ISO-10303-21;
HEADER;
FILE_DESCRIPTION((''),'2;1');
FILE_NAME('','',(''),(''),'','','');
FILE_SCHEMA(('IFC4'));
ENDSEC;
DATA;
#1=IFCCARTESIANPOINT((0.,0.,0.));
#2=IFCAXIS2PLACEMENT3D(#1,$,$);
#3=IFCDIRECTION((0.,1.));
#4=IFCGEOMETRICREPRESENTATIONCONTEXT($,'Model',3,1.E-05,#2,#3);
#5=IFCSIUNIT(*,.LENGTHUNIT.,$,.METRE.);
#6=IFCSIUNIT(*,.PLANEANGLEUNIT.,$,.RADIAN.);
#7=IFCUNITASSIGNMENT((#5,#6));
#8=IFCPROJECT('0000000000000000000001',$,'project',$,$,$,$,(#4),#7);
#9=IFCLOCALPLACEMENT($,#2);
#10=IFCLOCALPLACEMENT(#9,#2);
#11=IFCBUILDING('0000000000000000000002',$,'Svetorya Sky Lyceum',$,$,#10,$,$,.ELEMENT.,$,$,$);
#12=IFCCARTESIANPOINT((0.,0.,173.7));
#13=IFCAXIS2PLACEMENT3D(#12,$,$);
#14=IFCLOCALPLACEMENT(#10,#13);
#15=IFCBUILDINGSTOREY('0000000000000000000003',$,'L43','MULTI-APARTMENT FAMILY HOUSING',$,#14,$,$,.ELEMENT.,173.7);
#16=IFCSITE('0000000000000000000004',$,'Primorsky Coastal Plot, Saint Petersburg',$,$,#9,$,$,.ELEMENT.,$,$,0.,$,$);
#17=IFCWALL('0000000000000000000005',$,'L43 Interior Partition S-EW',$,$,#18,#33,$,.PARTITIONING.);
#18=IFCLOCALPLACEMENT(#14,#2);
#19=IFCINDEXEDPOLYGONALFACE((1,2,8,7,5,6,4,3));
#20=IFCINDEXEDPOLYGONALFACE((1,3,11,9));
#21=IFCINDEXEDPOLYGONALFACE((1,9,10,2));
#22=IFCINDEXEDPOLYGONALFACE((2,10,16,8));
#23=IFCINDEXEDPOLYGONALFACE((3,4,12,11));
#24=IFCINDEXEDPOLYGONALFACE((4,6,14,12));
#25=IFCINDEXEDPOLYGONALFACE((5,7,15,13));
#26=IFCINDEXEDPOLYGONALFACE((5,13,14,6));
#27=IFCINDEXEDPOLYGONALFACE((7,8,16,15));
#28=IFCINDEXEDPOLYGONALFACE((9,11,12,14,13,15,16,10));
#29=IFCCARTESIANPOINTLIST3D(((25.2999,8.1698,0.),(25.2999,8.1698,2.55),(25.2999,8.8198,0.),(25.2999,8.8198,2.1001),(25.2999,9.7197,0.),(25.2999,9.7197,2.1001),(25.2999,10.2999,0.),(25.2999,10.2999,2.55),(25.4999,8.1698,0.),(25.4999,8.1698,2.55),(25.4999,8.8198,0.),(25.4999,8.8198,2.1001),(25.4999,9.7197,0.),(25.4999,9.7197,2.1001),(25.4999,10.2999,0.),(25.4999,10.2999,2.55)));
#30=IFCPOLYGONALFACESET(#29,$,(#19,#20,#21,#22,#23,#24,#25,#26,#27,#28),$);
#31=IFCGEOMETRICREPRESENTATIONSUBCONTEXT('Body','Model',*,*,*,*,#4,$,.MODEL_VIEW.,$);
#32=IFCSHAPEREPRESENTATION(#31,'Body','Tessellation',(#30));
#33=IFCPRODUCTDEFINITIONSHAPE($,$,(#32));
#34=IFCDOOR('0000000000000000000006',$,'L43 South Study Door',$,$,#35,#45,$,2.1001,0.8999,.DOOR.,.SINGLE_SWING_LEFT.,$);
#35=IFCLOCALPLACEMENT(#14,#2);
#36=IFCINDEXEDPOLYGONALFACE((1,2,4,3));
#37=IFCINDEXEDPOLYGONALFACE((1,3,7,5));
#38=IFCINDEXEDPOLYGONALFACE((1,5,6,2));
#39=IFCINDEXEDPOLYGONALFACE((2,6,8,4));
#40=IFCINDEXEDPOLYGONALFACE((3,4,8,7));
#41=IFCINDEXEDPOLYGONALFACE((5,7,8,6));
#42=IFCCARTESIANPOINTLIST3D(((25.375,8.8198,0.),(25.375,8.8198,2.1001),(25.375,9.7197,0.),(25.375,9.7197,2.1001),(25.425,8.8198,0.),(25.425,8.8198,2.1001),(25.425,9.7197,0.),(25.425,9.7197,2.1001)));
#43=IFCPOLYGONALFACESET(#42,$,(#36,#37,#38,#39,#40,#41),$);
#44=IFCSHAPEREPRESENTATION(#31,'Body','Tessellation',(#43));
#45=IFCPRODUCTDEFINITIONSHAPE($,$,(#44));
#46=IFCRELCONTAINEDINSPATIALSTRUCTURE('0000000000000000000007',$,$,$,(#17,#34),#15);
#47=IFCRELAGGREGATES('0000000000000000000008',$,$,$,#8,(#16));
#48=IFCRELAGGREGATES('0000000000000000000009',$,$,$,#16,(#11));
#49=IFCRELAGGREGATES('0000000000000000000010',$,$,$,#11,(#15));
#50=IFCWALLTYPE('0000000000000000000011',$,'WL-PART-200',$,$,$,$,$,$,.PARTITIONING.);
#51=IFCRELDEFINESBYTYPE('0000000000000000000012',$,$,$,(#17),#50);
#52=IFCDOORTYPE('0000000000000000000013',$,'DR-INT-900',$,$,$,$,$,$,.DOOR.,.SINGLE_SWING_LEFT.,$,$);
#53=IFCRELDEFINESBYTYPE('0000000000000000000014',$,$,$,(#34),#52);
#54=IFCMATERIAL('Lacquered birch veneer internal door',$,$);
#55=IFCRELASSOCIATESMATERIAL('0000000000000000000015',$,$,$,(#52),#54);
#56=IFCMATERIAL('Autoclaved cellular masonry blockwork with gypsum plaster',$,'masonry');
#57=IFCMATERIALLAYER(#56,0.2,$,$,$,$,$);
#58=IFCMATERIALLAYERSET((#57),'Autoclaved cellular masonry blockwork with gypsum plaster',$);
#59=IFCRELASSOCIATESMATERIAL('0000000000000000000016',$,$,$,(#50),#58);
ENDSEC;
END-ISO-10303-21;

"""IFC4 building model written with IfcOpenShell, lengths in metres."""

from ifc_helpers import new_model, si_unit, direction, frame, frame_2d, origin, place, context, subcontext, project, spatial, rectangle, extrude, material, layer, layer_set, type_object, element, fill, save


model = new_model("IFC4")

# Units and contexts
model_context = context("Model", 3, precision=1e-05, world=origin(), true_north=direction((0.0, 1.0)))
body_context = subcontext(model_context, "Body", "Model", "MODEL_VIEW")
ifc_project = project(units=[si_unit("LENGTHUNIT", "METRE"), si_unit("PLANEANGLEUNIT", "RADIAN")], contexts=[model_context])

# Site, building, storey
site_placement = place(None, origin())
site = spatial("IfcSite", under=ifc_project, at=site_placement, Name="Primorsky Coastal Plot, Saint Petersburg", CompositionType="ELEMENT", RefElevation=0.0)
building_placement = place(site_placement, origin())
building = spatial("IfcBuilding", under=site, at=building_placement, Name="Svetorya Sky Lyceum", CompositionType="ELEMENT")
storey_placement = place(building_placement, frame((0.0, 0.0, 173.7)))
storey = spatial("IfcBuildingStorey", under=building, at=storey_placement, Name="L43", Description="MULTI-APARTMENT FAMILY HOUSING", CompositionType="ELEMENT", Elevation=173.7)

# Shared definitions
ifc_material_1 = material(Name="Lacquered birch veneer internal door")
door_type_1 = type_object("IfcDoorType", Name="DR-INT-900", OperationType="SINGLE_SWING_LEFT", PredefinedType="DOOR", material=ifc_material_1)

# Shared definitions
ifc_material_2 = material(Name="Autoclaved cellular masonry blockwork with gypsum plaster", Category="masonry")
ifc_layer_1 = layer(ifc_material_2, 0.2)
ifc_layer_set_1 = layer_set([ifc_layer_1], Name="Autoclaved cellular masonry blockwork with gypsum plaster")
wall_type_1 = type_object("IfcWallType", Name="WL-PART-200", PredefinedType="PARTITIONING", material=ifc_layer_set_1)

# Wall, opening, door
wall_1_placement = place(storey_placement, frame((25.3999, 8.1699, 0.0), z_axis=(0.0, 0.0, 1.0), x_axis=(0.0, 1.0, 0.0)))
wall_1 = element("IfcWall", 1, at=wall_1_placement, inside=storey, type_object=wall_type_1, Name="L43 Interior Partition S-EW", PredefinedType="PARTITIONING", context=body_context, shape_type="SweptSolid", body=[
    extrude(rectangle(XDim=2.1301, YDim=0.2, at=frame_2d((1.0649, 0.0))), origin(), (0.0, 0.0, 1.0), 2.55),
])
opening_1_placement = place(wall_1_placement, frame((0.6499, 0.0, 0.0)))
opening_1 = element("IfcOpeningElement", 2, at=opening_1_placement, cuts=wall_1, PredefinedType="OPENING", context=body_context, shape_type="SweptSolid", body=[
    extrude(rectangle(XDim=0.8999, YDim=2.1001, at=frame_2d((0.45, 1.05))), frame((0.0, 0.1099, 0.0), z_axis=(0.0, -1.0, 0.0), x_axis=(1.0, 0.0, 0.0)), (0.0, 0.0, 1.0), 0.22),
])
door_1_placement = place(opening_1_placement, origin())
door_1 = element("IfcDoor", 3, at=door_1_placement, inside=storey, type_object=door_type_1, Name="L43 South Study Door", OperationType="SINGLE_SWING_LEFT", OverallHeight=2.1001, OverallWidth=0.8999, PredefinedType="DOOR", context=body_context, shape_type="SweptSolid", body=[
    extrude(rectangle(XDim=0.8999, YDim=2.1001, at=frame_2d((0.45, 1.05))), frame((0.0, 0.0249, 0.0), z_axis=(0.0, -1.0, 0.0), x_axis=(1.0, 0.0, 0.0)), (0.0, 0.0, 1.0), 0.05),
])
fill(opening_1, door_1)

save(model, "model.ifc")
